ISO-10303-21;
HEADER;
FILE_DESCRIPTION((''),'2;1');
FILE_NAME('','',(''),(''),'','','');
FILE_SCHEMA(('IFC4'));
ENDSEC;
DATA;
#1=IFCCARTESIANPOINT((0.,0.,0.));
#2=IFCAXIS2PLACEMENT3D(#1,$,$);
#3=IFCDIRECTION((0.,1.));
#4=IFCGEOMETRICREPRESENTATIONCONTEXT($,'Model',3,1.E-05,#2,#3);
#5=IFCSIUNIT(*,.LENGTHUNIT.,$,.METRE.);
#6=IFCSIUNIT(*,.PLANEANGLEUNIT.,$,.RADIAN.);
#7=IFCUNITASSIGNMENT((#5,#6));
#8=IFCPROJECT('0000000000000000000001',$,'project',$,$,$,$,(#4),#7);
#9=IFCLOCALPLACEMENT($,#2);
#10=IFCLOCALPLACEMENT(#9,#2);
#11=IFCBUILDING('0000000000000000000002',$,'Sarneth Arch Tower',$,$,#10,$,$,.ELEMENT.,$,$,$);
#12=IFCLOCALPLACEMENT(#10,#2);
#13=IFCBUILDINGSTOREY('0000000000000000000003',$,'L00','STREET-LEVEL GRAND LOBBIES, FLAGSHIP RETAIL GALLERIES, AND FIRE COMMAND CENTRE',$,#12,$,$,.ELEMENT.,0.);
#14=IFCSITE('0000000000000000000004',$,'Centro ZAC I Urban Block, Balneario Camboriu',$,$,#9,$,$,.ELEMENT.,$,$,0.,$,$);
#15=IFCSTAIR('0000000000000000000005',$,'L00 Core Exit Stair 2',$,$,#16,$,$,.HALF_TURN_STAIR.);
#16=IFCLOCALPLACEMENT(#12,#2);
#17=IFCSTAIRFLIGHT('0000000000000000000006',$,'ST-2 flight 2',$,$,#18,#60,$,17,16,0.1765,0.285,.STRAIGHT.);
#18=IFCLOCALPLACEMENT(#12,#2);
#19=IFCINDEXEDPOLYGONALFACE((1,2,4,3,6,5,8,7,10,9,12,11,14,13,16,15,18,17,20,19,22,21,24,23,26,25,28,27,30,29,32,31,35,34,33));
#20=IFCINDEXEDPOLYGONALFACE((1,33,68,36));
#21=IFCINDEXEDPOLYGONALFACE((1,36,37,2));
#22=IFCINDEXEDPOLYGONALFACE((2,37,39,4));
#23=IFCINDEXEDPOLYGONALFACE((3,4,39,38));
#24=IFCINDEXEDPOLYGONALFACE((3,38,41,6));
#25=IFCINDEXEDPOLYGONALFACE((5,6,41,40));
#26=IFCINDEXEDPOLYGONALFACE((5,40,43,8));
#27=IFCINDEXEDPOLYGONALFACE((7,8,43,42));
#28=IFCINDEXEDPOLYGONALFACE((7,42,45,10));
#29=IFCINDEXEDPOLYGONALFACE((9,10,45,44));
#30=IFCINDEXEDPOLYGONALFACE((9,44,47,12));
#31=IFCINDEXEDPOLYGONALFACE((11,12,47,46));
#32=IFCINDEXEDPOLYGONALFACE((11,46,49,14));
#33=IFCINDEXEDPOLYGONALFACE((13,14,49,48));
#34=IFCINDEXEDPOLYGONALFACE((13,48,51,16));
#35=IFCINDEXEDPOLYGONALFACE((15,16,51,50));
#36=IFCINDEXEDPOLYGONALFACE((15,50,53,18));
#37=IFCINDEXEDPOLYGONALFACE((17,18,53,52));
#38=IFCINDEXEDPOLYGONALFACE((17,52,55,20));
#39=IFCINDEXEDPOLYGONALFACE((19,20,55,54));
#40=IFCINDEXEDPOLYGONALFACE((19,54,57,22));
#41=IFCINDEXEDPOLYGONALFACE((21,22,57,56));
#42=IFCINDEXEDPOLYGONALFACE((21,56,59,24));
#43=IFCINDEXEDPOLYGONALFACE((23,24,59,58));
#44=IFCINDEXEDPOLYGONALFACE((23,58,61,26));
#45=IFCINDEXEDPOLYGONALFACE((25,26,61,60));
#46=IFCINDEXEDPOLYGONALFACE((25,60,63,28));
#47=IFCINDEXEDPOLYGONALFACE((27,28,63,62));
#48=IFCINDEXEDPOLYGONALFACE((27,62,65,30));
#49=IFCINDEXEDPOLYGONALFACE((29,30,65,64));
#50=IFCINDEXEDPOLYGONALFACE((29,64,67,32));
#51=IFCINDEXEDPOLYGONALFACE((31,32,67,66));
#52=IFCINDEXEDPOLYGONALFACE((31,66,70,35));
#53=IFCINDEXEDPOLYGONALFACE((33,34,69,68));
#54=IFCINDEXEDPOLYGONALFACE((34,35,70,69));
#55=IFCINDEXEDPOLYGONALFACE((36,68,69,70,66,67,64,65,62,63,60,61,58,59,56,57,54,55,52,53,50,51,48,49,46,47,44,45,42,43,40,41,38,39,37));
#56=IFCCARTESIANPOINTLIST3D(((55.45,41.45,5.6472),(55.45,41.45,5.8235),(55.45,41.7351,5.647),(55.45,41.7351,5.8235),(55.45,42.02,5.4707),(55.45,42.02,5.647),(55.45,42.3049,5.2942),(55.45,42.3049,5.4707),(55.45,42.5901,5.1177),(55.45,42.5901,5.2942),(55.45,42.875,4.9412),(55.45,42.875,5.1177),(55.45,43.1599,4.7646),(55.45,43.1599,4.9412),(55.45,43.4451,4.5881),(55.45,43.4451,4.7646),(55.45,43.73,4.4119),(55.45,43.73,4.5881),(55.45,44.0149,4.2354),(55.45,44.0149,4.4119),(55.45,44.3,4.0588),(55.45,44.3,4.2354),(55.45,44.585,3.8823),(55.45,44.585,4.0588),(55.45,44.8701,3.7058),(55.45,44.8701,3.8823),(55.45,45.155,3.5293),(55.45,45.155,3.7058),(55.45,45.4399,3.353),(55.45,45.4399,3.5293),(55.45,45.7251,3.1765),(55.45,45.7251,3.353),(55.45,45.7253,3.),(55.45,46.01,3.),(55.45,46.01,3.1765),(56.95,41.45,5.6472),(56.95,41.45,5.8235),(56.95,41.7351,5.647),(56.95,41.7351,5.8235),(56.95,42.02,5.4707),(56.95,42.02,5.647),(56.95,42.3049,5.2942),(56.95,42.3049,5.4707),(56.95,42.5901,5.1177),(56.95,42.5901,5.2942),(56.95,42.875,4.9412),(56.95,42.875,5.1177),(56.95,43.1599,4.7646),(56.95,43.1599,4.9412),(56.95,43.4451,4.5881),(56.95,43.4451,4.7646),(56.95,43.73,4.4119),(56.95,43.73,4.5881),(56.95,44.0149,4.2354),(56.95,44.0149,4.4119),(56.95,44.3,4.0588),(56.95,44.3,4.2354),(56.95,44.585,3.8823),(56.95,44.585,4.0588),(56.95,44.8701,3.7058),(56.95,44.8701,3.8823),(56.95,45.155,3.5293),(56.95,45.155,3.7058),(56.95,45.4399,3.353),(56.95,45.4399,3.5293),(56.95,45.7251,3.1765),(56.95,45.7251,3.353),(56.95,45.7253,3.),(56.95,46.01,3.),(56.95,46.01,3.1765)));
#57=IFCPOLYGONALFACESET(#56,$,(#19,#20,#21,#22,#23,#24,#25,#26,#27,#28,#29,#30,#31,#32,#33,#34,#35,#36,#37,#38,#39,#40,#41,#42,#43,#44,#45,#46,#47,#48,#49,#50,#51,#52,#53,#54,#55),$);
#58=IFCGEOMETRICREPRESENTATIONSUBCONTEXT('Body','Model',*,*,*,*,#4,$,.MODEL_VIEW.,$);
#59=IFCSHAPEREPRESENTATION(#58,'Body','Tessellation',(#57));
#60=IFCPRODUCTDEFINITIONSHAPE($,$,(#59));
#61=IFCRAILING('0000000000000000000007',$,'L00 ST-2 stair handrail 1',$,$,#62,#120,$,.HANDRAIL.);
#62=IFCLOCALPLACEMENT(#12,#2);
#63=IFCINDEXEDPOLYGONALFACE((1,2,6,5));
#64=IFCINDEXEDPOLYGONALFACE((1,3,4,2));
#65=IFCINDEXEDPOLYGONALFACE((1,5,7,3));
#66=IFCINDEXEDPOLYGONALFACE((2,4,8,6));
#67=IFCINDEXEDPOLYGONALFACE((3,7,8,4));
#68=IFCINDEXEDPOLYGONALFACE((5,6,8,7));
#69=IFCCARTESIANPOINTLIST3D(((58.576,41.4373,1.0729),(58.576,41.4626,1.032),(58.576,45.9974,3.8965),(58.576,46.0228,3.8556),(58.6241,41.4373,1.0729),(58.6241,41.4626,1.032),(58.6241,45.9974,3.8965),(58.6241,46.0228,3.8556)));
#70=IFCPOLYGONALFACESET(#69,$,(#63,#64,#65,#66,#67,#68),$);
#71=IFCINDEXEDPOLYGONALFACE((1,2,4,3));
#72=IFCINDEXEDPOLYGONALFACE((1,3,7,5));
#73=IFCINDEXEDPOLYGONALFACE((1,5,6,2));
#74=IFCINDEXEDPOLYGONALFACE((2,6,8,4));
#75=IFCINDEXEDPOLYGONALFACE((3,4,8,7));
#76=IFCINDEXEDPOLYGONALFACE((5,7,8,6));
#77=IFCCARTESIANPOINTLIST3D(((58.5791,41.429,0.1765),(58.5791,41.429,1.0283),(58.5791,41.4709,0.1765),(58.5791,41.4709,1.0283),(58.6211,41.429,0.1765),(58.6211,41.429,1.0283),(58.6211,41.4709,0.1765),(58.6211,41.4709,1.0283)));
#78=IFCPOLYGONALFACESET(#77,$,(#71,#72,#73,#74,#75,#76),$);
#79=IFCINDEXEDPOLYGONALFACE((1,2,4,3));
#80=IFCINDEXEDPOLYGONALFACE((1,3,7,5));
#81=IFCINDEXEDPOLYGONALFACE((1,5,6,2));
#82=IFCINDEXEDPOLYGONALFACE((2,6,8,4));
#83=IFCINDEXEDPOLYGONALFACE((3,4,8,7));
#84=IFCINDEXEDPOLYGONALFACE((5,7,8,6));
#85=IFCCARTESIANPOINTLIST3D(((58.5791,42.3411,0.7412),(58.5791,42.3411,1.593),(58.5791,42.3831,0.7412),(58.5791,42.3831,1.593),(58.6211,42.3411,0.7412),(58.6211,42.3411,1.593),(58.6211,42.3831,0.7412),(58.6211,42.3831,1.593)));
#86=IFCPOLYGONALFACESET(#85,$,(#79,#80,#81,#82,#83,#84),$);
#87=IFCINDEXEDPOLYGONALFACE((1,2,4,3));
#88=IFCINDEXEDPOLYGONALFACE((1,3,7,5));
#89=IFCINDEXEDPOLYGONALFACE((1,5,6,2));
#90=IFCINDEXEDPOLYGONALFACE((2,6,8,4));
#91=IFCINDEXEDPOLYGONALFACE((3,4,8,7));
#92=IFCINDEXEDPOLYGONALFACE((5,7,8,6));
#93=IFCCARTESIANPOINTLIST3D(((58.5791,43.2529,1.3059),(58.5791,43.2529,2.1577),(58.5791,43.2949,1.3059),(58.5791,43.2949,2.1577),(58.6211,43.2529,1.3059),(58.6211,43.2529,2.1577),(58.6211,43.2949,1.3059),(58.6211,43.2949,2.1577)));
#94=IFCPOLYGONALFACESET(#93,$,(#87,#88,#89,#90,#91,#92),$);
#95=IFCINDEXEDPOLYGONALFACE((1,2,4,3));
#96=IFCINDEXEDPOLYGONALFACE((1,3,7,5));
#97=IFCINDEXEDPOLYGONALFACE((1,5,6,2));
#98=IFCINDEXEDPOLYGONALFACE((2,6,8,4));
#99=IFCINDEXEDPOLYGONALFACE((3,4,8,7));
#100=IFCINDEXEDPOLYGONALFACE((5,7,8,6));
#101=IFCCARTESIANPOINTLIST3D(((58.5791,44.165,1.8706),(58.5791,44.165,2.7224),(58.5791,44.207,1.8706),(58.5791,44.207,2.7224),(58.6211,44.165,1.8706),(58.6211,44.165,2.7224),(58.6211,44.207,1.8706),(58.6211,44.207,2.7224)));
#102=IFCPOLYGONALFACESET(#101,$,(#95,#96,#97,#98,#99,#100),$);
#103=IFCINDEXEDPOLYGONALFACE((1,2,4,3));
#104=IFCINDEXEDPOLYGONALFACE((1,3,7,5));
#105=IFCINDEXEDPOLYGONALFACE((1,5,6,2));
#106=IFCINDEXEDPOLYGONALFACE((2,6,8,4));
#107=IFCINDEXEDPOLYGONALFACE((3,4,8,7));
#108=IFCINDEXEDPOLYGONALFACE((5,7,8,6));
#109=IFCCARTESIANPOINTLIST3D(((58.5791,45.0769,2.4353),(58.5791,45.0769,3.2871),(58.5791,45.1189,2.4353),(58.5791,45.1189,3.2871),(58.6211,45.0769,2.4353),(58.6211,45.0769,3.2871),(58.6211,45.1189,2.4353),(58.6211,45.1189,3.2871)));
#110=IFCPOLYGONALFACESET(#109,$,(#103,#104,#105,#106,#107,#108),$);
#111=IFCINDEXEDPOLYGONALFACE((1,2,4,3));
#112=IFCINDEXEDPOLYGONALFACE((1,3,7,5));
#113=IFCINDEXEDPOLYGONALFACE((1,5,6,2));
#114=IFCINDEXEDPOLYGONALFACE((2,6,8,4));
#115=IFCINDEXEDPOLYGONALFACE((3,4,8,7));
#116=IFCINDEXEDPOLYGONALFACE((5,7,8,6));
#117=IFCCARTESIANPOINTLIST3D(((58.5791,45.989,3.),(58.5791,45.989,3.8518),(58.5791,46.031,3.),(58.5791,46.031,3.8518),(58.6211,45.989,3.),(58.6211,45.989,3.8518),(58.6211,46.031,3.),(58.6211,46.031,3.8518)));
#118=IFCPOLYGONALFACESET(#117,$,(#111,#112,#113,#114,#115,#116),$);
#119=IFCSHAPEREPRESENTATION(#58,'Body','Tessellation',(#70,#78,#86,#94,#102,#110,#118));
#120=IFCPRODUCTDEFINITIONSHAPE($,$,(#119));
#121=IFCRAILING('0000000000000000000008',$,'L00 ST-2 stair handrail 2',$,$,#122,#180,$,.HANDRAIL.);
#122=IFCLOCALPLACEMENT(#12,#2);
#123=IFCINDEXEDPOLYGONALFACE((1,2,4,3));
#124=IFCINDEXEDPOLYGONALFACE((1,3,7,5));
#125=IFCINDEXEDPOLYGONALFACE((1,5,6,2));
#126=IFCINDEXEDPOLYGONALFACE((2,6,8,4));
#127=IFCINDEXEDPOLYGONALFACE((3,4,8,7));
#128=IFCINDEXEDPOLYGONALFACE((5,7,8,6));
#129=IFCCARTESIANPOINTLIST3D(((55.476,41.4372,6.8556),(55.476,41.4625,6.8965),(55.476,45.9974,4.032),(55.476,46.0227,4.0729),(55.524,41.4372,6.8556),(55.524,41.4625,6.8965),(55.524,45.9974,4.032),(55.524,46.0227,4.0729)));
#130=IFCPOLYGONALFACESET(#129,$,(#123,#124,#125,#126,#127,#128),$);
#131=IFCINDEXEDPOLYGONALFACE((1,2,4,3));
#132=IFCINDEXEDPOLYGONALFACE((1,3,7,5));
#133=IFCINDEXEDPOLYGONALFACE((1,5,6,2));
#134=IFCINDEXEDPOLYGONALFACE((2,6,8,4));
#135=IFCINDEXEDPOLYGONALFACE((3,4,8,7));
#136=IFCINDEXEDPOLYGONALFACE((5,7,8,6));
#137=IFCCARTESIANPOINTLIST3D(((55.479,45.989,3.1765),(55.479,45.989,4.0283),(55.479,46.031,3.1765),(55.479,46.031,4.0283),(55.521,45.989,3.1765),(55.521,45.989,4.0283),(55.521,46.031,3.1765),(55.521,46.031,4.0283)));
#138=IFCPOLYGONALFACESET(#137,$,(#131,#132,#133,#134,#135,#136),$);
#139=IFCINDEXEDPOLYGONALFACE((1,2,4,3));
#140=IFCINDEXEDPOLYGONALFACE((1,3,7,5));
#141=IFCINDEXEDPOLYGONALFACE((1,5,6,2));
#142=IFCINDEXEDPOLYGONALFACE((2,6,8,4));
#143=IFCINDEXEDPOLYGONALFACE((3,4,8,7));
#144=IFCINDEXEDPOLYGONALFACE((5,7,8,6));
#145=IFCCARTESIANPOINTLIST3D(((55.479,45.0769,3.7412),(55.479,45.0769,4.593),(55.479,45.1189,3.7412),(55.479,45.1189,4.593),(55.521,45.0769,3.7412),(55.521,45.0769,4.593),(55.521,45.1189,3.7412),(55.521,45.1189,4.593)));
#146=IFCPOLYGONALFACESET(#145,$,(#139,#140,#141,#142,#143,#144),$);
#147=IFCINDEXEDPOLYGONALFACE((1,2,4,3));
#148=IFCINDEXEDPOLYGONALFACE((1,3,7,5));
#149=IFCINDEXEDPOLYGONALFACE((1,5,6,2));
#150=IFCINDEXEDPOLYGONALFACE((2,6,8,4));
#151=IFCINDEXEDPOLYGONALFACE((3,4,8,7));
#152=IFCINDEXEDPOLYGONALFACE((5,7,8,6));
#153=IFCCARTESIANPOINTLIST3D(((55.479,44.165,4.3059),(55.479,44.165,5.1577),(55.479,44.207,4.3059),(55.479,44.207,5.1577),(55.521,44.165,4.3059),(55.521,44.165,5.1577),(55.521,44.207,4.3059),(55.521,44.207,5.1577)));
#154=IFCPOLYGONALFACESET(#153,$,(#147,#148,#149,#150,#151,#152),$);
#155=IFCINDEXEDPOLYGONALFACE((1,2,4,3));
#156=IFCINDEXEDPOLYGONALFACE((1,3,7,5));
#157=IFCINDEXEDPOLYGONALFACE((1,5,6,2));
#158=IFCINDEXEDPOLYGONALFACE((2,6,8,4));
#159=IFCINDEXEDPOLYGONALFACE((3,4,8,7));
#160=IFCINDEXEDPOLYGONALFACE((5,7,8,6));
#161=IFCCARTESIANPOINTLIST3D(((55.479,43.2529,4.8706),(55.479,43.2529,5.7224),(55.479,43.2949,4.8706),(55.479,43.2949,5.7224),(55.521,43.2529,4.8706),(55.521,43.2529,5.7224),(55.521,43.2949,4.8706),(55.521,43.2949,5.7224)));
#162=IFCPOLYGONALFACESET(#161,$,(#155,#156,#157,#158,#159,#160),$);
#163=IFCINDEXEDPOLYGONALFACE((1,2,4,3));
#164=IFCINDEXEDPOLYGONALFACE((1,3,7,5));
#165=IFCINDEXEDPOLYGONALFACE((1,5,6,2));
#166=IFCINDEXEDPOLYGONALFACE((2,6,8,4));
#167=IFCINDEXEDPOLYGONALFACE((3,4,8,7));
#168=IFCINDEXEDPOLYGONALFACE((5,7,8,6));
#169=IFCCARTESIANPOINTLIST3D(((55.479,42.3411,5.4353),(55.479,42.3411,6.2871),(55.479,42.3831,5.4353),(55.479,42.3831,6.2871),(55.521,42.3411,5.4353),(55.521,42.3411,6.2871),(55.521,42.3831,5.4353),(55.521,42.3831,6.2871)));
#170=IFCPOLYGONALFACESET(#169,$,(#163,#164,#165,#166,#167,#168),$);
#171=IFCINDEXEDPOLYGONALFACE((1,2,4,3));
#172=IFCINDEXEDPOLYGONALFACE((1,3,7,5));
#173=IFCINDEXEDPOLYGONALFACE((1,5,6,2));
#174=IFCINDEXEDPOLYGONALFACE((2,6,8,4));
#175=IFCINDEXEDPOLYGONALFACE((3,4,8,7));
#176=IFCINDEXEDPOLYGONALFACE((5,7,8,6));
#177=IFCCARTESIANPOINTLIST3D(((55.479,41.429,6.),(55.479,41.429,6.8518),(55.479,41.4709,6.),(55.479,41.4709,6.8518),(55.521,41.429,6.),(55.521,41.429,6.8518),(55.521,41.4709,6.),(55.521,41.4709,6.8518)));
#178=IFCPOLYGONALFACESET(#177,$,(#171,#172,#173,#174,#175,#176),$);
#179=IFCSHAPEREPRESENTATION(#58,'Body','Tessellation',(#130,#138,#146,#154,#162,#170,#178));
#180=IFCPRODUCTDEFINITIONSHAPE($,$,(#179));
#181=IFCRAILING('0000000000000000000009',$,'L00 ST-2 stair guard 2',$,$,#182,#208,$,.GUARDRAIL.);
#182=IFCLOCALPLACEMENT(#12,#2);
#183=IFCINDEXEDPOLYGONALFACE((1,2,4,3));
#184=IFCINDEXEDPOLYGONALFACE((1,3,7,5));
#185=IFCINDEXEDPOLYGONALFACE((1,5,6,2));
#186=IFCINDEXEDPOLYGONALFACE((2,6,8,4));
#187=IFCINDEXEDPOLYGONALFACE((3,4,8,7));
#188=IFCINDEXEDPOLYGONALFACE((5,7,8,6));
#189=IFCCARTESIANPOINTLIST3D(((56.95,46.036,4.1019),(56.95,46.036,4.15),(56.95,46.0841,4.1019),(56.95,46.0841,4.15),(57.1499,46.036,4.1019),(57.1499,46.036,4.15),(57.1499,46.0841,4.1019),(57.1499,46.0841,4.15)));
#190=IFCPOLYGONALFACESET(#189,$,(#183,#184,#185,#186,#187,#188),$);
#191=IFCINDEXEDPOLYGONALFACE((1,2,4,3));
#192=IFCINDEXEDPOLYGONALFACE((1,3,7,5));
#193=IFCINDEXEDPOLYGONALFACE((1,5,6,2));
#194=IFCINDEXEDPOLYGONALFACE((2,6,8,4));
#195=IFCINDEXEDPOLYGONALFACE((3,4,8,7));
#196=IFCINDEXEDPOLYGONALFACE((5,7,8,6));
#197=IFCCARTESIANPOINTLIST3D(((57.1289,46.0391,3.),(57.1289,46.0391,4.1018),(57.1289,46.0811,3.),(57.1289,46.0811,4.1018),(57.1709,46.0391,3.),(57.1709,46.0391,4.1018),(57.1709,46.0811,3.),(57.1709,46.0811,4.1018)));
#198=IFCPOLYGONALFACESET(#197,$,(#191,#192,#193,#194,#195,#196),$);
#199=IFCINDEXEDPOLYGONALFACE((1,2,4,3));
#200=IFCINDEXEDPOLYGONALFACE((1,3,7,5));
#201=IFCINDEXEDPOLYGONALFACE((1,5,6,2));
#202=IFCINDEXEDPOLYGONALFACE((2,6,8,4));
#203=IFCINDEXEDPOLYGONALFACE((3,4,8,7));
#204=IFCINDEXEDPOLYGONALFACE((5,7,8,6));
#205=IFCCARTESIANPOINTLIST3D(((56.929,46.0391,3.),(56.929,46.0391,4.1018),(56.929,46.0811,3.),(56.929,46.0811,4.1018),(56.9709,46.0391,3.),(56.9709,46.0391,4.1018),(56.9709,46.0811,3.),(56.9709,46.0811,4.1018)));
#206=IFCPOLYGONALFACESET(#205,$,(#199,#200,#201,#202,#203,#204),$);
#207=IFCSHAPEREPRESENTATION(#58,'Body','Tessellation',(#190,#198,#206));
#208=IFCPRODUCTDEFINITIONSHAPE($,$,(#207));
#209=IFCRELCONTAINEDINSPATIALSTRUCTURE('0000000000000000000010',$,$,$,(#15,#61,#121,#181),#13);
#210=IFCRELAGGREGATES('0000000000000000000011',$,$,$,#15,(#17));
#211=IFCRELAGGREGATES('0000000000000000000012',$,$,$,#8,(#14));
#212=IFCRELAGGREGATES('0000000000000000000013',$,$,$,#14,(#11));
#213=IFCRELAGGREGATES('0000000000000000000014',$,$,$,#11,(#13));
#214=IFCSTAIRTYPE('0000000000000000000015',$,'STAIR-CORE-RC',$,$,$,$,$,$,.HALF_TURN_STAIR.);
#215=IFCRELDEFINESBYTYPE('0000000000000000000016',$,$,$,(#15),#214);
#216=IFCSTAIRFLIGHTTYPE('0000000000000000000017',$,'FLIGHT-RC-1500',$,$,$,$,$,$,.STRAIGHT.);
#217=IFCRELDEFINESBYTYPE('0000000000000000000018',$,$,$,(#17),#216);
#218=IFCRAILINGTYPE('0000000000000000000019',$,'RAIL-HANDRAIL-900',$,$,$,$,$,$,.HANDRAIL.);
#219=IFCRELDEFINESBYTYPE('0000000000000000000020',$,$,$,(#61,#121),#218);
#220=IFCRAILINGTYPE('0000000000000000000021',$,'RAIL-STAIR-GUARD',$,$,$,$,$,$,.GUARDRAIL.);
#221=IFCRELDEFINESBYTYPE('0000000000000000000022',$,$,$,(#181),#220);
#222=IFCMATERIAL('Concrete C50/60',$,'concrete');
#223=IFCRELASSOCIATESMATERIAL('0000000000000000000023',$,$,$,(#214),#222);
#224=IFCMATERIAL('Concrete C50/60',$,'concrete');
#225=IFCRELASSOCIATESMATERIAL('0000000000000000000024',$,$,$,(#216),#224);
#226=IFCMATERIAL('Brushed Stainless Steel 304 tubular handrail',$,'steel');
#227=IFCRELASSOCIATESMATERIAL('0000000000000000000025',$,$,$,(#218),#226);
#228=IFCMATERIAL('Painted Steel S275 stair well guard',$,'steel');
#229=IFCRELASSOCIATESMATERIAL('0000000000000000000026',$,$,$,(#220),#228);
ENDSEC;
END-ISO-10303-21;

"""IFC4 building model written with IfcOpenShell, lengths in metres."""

from ifc_helpers import new_model, si_unit, direction, frame, origin, origin_2d, place, context, subcontext, project, spatial, polyline, rectangle, outline, extrude, material, type_object, element, aggregate, save


model = new_model("IFC4")

# Units and contexts
model_context = context("Model", 3, precision=1e-05, world=origin(), true_north=direction((0.0, 1.0)))
body_context = subcontext(model_context, "Body", "Model", "MODEL_VIEW")
ifc_project = project(units=[si_unit("LENGTHUNIT", "METRE"), si_unit("PLANEANGLEUNIT", "RADIAN")], contexts=[model_context])

# Site, building, storey
site_placement = place(None, origin())
site = spatial("IfcSite", under=ifc_project, at=site_placement, Name="Centro ZAC I Urban Block, Balneario Camboriu", CompositionType="ELEMENT", RefElevation=0.0)
building_placement = place(site_placement, origin())
building = spatial("IfcBuilding", under=site, at=building_placement, Name="Sarneth Arch Tower", CompositionType="ELEMENT")
storey_placement = place(building_placement, origin())
storey = spatial("IfcBuildingStorey", under=building, at=storey_placement, Name="L00", Description="STREET-LEVEL GRAND LOBBIES, FLAGSHIP RETAIL GALLERIES, AND FIRE COMMAND CENTRE", CompositionType="ELEMENT", Elevation=0.0)

# Stair, stair flight
ifc_material_1 = material(Name="Concrete C50/60", Category="concrete")
stair_type = type_object("IfcStairType", Name="STAIR-CORE-RC", PredefinedType="HALF_TURN_STAIR", material=ifc_material_1)
stair_placement = place(storey_placement, origin())
stair = element("IfcStair", 1, at=stair_placement, inside=storey, type_object=stair_type, Name="L00 Core Exit Stair 2", PredefinedType="HALF_TURN_STAIR")
ifc_material_2 = material(Name="Concrete C50/60", Category="concrete")
stair_flight_type = type_object("IfcStairFlightType", Name="FLIGHT-RC-1500", PredefinedType="STRAIGHT", material=ifc_material_2)
stair_flight_placement = place(storey_placement, frame((56.2, 46.01, 3.0), z_axis=(0.0, 0.0, 1.0), x_axis=(0.0, -1.0, 0.0)))
stair_flight = element("IfcStairFlight", 2, at=stair_flight_placement, type_object=stair_flight_type, Name="ST-2 flight 2", NumberOfRisers=17, NumberOfTreads=16, PredefinedType="STRAIGHT", RiserHeight=0.1765, TreadLength=0.285, context=body_context, shape_type="SweptSolid", body=[
    extrude(outline(polyline([(0.0, 0.0), (0.0, 0.1765), (0.2849, 0.1765), (0.2849, 0.353), (0.5701, 0.353), (0.5701, 0.5293), (0.855, 0.5293), (0.855, 0.7058), (1.1399, 0.7058), (1.1399, 0.8823), (1.425, 0.8823), (1.425, 1.0588), (1.71, 1.0588), (1.71, 1.2354), (1.9951, 1.2354), (1.9951, 1.4119), (2.28, 1.4119), (2.28, 1.5881), (2.5649, 1.5881), (2.5649, 1.7646), (2.8501, 1.7646), (2.8501, 1.9412), (3.135, 1.9412), (3.135, 2.1177), (3.4199, 2.1177), (3.4199, 2.2942), (3.7051, 2.2942), (3.7051, 2.4707), (3.99, 2.4707), (3.99, 2.647), (4.2749, 2.647), (4.2749, 2.8235), (4.5601, 2.8235), (4.5601, 3.0), (4.5601, 2.6472), (0.2847, 0.0), (0.0, 0.0)])), frame((0.0, 0.75, 0.0), z_axis=(0.0, -1.0, 0.0), x_axis=(1.0, 0.0, 0.0)), (0.0, 0.0, 1.0), 1.5),
])
aggregate(stair, [stair_flight])

# Railings
ifc_material_3 = material(Name="Brushed Stainless Steel 304 tubular handrail", Category="steel")
railing_type_1 = type_object("IfcRailingType", Name="RAIL-HANDRAIL-900", PredefinedType="HANDRAIL", material=ifc_material_3)
railing_1_placement = place(storey_placement, frame((58.6001, 41.45, 0.1765)))
element("IfcRailing", 3, at=railing_1_placement, inside=storey, type_object=railing_type_1, Name="L00 ST-2 stair handrail 1", PredefinedType="HANDRAIL", context=body_context, shape_type="SweptSolid", body=[
    extrude(rectangle(XDim=0.0481, YDim=0.0481, at=origin_2d()), frame((0.0, 0.0, 0.876), z_axis=(0.0, 0.850216, 0.526435), x_axis=(-1.0, 0.0, 0.0)), (0.0, 0.0, 1.0), 5.3635),
    extrude(rectangle(XDim=0.042, YDim=0.042, at=origin_2d()), origin(), (0.0, 0.0, 1.0), 0.8518),
    extrude(rectangle(XDim=0.042, YDim=0.042, at=origin_2d()), frame((0.0, 0.9121, 0.5647)), (0.0, 0.0, 1.0), 0.8518),
    extrude(rectangle(XDim=0.042, YDim=0.042, at=origin_2d()), frame((0.0, 1.824, 1.1294)), (0.0, 0.0, 1.0), 0.8518),
    extrude(rectangle(XDim=0.042, YDim=0.042, at=origin_2d()), frame((0.0, 2.7361, 1.6941)), (0.0, 0.0, 1.0), 0.8518),
    extrude(rectangle(XDim=0.042, YDim=0.042, at=origin_2d()), frame((0.0, 3.6479, 2.2588)), (0.0, 0.0, 1.0), 0.8518),
    extrude(rectangle(XDim=0.042, YDim=0.042, at=origin_2d()), frame((0.0, 4.5601, 2.8235)), (0.0, 0.0, 1.0), 0.8518),
])
railing_2_placement = place(storey_placement, frame((55.5, 46.01, 3.1765)))
element("IfcRailing", 4, at=railing_2_placement, inside=storey, type_object=railing_type_1, Name="L00 ST-2 stair handrail 2", PredefinedType="HANDRAIL", context=body_context, shape_type="SweptSolid", body=[
    extrude(rectangle(XDim=0.0481, YDim=0.0481, at=origin_2d()), frame((0.0, 0.0, 0.876), z_axis=(0.0, -0.850216, 0.526435), x_axis=(1.0, 0.0, 0.0)), (0.0, 0.0, 1.0), 5.3635),
    extrude(rectangle(XDim=0.042, YDim=0.042, at=origin_2d()), origin(), (0.0, 0.0, 1.0), 0.8518),
    extrude(rectangle(XDim=0.042, YDim=0.042, at=origin_2d()), frame((0.0, -0.9121, 0.5647)), (0.0, 0.0, 1.0), 0.8518),
    extrude(rectangle(XDim=0.042, YDim=0.042, at=origin_2d()), frame((0.0, -1.824, 1.1294)), (0.0, 0.0, 1.0), 0.8518),
    extrude(rectangle(XDim=0.042, YDim=0.042, at=origin_2d()), frame((0.0, -2.7361, 1.6941)), (0.0, 0.0, 1.0), 0.8518),
    extrude(rectangle(XDim=0.042, YDim=0.042, at=origin_2d()), frame((0.0, -3.6479, 2.2588)), (0.0, 0.0, 1.0), 0.8518),
    extrude(rectangle(XDim=0.042, YDim=0.042, at=origin_2d()), frame((0.0, -4.5601, 2.8235)), (0.0, 0.0, 1.0), 0.8518),
])
ifc_material_4 = material(Name="Painted Steel S275 stair well guard", Category="steel")
railing_type_2 = type_object("IfcRailingType", Name="RAIL-STAIR-GUARD", PredefinedType="GUARDRAIL", material=ifc_material_4)
railing_3_placement = place(storey_placement, frame((57.1499, 46.0601, 3.0)))
element("IfcRailing", 5, at=railing_3_placement, inside=storey, type_object=railing_type_2, Name="L00 ST-2 stair guard 2", PredefinedType="GUARDRAIL", context=body_context, shape_type="SweptSolid", body=[
    extrude(rectangle(XDim=0.0481, YDim=0.0481, at=origin_2d()), frame((0.0, 0.0, 1.126), z_axis=(-1.0, 0.0, 0.0), x_axis=(0.0, -1.0, 0.0)), (0.0, 0.0, 1.0), 0.2),
    extrude(rectangle(XDim=0.042, YDim=0.042, at=origin_2d()), origin(), (0.0, 0.0, 1.0), 1.1018),
    extrude(rectangle(XDim=0.042, YDim=0.042, at=origin_2d()), frame((-0.2, 0.0, 0.0)), (0.0, 0.0, 1.0), 1.1018),
])

save(model, "model.ifc")
